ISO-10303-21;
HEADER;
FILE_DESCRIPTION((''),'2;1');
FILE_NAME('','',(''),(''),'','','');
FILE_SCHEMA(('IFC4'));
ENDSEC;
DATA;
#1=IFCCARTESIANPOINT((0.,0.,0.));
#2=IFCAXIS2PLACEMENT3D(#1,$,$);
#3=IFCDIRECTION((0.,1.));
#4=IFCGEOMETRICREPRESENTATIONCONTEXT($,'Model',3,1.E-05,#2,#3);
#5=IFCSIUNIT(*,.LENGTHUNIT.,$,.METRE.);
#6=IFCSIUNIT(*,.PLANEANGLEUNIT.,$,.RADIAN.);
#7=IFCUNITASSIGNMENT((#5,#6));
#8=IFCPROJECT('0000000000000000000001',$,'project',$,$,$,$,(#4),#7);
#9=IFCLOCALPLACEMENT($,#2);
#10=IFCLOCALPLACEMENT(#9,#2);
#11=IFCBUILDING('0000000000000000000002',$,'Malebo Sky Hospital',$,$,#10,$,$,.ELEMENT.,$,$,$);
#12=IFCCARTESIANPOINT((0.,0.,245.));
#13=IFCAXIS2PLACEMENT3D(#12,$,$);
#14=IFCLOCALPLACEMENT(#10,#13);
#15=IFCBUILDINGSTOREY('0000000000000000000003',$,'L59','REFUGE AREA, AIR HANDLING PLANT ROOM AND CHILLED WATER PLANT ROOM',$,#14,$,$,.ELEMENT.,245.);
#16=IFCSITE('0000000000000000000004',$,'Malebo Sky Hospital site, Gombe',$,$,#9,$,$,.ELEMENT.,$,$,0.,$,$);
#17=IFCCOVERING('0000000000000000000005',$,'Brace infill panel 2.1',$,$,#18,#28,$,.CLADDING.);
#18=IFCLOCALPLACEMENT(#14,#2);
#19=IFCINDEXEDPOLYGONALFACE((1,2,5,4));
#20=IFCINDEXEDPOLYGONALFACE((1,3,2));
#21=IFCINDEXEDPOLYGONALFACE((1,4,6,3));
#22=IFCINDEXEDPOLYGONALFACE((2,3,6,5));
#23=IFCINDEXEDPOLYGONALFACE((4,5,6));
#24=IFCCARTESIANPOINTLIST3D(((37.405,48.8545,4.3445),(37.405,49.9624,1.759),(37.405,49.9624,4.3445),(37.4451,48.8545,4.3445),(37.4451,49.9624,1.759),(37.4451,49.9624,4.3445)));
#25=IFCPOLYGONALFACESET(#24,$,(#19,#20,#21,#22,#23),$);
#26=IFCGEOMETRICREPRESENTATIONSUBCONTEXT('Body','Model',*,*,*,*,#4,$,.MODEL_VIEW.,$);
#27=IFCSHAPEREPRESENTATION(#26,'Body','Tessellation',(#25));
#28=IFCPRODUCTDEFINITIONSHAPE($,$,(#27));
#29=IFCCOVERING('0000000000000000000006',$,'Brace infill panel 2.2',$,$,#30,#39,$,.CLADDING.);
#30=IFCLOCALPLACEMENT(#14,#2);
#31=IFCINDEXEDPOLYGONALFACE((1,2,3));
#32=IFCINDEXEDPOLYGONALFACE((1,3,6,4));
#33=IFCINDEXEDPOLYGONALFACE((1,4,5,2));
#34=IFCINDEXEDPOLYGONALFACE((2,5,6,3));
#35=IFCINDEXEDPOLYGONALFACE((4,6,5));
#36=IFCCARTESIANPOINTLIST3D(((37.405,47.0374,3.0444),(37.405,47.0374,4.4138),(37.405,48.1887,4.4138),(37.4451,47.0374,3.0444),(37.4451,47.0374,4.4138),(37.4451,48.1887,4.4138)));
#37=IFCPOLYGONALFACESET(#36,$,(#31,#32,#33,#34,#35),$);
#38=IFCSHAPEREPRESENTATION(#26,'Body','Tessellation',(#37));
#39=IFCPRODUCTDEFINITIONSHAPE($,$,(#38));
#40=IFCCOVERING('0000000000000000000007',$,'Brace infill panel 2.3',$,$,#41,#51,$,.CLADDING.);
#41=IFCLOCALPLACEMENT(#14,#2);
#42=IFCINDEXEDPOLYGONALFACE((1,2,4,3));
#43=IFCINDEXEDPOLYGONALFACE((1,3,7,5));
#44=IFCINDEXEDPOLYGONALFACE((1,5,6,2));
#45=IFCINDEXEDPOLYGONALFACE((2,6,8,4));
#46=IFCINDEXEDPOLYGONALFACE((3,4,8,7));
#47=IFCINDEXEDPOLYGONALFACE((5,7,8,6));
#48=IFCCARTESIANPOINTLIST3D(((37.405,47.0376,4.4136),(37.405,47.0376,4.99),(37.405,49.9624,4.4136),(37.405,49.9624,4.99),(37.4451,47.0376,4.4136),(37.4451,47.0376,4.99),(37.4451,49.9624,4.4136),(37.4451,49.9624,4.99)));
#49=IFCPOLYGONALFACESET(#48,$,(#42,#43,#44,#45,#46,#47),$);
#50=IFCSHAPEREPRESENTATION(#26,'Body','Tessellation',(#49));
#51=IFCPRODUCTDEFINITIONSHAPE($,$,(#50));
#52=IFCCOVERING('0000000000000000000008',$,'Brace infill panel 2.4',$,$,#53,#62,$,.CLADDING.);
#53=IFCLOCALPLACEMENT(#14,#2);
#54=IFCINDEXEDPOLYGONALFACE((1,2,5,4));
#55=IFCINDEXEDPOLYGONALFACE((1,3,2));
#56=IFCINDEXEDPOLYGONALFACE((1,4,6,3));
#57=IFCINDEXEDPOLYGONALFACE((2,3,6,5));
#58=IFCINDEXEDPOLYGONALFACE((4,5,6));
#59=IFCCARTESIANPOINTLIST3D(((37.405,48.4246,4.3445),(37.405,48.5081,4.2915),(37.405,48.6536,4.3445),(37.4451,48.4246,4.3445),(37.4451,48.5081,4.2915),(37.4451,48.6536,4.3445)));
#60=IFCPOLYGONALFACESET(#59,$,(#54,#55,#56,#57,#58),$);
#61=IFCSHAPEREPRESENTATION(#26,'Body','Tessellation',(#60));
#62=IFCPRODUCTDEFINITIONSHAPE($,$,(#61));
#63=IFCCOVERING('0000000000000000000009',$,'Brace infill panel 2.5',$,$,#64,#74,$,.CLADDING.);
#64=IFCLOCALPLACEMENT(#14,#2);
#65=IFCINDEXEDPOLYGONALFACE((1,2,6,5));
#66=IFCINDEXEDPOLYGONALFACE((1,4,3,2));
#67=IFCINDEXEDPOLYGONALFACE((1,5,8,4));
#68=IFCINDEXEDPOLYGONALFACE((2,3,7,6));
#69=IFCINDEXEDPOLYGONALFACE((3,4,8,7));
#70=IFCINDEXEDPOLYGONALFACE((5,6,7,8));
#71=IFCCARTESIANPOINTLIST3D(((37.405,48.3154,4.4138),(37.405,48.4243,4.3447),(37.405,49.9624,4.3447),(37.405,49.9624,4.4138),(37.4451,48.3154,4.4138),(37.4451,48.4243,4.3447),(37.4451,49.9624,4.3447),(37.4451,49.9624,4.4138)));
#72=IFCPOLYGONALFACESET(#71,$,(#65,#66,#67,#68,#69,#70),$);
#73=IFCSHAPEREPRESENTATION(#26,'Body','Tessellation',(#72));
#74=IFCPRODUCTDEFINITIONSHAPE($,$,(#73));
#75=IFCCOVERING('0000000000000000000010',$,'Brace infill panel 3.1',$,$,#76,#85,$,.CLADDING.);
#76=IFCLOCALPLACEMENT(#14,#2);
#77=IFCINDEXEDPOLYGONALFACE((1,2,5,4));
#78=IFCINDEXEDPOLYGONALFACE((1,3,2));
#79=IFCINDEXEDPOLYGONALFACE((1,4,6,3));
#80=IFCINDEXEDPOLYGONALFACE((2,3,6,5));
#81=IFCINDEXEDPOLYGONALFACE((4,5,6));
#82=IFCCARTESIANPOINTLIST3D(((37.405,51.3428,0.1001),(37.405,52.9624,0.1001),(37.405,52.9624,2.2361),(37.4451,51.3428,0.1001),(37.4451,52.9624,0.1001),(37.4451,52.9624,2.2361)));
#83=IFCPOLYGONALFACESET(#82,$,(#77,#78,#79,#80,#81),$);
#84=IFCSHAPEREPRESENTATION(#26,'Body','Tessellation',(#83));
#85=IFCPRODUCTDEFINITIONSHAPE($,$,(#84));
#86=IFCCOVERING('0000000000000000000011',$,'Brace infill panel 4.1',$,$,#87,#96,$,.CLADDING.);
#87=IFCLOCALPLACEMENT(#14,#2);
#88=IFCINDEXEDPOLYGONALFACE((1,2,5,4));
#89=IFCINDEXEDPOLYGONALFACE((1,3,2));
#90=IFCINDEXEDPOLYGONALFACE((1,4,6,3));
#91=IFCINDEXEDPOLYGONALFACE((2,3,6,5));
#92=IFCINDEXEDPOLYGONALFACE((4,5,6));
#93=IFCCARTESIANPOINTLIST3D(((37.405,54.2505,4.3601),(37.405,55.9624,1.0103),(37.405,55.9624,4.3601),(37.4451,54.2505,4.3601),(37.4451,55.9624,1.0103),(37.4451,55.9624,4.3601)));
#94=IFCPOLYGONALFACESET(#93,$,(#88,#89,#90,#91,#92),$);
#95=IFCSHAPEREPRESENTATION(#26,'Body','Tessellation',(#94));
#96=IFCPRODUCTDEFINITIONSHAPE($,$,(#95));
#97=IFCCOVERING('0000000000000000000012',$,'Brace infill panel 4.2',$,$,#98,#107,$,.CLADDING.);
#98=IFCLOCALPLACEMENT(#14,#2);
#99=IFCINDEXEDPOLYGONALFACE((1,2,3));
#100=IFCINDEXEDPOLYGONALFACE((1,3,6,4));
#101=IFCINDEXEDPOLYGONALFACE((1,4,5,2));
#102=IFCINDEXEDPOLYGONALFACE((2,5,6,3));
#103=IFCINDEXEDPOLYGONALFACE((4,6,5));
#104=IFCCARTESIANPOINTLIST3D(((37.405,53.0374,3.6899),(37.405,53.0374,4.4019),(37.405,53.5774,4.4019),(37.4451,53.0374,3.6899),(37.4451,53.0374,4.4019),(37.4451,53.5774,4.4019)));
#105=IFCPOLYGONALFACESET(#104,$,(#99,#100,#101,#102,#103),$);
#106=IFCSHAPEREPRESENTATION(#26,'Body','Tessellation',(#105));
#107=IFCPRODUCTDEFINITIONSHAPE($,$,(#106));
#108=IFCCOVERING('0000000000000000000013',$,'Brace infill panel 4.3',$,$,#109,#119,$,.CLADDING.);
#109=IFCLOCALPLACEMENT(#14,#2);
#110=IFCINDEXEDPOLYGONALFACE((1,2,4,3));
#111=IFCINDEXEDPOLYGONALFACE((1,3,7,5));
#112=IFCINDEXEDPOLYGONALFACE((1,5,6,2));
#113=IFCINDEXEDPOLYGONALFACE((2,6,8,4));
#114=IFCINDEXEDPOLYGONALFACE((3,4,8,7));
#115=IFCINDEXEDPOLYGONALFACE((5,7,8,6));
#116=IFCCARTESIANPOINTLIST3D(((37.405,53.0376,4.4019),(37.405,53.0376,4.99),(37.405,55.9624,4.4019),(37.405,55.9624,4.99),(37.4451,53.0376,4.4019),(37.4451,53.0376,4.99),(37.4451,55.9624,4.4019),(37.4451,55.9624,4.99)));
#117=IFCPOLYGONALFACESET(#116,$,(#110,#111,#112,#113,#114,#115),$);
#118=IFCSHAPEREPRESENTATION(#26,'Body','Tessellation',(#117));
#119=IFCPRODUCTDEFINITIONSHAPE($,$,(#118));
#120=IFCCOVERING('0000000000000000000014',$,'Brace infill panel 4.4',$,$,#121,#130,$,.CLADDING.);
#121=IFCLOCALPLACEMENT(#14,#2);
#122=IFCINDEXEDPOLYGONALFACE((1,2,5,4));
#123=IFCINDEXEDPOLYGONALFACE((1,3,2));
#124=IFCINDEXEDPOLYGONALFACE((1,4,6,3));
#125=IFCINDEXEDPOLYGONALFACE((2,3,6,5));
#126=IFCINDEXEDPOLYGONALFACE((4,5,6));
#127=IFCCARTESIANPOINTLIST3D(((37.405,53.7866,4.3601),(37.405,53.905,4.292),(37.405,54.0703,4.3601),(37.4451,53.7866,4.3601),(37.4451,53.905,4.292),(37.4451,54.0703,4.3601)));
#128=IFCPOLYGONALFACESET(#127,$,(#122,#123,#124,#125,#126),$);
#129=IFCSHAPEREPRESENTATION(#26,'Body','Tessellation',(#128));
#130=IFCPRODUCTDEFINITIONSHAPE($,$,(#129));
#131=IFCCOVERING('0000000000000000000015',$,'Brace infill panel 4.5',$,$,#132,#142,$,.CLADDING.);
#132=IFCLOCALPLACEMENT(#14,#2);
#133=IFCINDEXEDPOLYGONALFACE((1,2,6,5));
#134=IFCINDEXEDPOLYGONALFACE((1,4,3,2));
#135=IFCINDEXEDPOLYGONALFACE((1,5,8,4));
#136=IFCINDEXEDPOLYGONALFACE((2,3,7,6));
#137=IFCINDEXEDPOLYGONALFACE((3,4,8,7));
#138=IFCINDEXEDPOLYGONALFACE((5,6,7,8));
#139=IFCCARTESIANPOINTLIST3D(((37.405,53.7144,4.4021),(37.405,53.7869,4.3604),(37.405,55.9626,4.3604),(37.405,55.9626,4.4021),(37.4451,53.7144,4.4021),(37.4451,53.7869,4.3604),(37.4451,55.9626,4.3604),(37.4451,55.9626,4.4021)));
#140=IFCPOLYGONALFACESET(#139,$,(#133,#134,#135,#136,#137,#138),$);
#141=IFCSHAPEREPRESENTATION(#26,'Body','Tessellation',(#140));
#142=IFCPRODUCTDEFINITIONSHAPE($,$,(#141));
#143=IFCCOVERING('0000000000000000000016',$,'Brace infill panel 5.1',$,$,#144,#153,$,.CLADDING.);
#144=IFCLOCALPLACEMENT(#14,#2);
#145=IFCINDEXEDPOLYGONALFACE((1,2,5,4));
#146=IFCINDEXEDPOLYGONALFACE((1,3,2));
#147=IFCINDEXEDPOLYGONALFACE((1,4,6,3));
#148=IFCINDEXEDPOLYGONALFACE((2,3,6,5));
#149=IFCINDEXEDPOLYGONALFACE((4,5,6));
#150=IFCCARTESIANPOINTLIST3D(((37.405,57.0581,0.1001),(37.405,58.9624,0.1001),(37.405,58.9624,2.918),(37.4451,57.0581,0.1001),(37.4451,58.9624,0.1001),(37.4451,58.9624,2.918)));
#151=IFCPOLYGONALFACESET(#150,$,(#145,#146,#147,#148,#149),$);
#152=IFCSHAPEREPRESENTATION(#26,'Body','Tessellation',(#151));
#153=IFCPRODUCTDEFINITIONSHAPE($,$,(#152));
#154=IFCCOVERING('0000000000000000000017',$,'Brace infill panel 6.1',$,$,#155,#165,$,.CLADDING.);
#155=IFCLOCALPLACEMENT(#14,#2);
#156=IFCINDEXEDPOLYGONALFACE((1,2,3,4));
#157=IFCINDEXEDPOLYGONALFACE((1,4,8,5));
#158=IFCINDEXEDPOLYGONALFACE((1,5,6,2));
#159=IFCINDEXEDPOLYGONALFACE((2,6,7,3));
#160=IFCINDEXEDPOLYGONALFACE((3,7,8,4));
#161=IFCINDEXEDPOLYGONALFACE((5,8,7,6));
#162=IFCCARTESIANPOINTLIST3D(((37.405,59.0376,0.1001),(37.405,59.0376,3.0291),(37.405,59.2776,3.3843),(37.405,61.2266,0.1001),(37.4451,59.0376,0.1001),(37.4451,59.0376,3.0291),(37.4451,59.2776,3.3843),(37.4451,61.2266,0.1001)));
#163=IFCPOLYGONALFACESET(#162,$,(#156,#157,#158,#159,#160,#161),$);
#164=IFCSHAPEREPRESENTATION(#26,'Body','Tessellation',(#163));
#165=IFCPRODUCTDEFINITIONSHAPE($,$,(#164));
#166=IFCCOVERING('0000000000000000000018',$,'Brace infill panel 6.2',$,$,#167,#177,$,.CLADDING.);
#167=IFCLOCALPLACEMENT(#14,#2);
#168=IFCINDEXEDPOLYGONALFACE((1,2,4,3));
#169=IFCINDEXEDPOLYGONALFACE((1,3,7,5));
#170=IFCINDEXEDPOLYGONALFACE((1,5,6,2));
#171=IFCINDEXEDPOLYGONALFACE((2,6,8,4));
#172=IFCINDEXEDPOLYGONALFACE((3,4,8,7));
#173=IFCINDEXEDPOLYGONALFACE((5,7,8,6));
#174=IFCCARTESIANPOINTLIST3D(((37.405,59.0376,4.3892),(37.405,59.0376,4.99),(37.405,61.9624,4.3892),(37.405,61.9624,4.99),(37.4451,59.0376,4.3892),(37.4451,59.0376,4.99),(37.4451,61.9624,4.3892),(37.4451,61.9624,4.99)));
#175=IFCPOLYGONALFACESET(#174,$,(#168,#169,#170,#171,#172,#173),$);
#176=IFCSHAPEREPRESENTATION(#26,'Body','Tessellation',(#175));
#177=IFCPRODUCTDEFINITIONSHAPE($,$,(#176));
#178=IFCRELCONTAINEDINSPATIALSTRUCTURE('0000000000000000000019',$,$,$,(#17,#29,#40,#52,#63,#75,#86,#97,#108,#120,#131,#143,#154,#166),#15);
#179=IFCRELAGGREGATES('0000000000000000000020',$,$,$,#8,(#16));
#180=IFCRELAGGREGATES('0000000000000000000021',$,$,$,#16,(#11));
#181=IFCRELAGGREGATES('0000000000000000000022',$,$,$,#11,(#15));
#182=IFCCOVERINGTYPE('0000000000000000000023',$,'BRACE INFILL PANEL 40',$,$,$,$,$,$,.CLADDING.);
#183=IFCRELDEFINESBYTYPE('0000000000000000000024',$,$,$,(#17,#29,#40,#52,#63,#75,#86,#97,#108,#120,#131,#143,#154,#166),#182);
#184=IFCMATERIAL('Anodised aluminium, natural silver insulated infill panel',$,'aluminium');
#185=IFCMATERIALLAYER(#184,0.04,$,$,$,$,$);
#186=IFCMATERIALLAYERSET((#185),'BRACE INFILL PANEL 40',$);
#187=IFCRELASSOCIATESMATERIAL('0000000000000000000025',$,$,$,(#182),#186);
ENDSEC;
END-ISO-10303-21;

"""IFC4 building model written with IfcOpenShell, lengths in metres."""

from ifc_helpers import new_model, si_unit, direction, frame, origin, place, context, subcontext, project, spatial, polyline, outline, extrude, material, layer, layer_set, type_object, element, save


model = new_model("IFC4")

# Units and contexts
model_context = context("Model", 3, precision=1e-05, world=origin(), true_north=direction((0.0, 1.0)))
body_context = subcontext(model_context, "Body", "Model", "MODEL_VIEW")
ifc_project = project(units=[si_unit("LENGTHUNIT", "METRE"), si_unit("PLANEANGLEUNIT", "RADIAN")], contexts=[model_context])

# Site, building, storey
site_placement = place(None, origin())
site = spatial("IfcSite", under=ifc_project, at=site_placement, Name="Malebo Sky Hospital site, Gombe", CompositionType="ELEMENT", RefElevation=0.0)
building_placement = place(site_placement, origin())
building = spatial("IfcBuilding", under=site, at=building_placement, Name="Malebo Sky Hospital", CompositionType="ELEMENT")
storey_placement = place(building_placement, frame((0.0, 0.0, 245.0)))
storey = spatial("IfcBuildingStorey", under=building, at=storey_placement, Name="L59", Description="REFUGE AREA, AIR HANDLING PLANT ROOM AND CHILLED WATER PLANT ROOM", CompositionType="ELEMENT", Elevation=245.0)

# Coverings
ifc_material_1 = material(Name="Anodised aluminium, natural silver insulated infill panel", Category="aluminium")
ifc_layer_1 = layer(ifc_material_1, 0.04)
ifc_layer_set_1 = layer_set([ifc_layer_1], Name="BRACE INFILL PANEL 40")
covering_type = type_object("IfcCoveringType", Name="BRACE INFILL PANEL 40", PredefinedType="CLADDING", material=ifc_layer_set_1)
covering_1_placement = place(storey_placement, frame((37.425, 49.4084, 1.759), z_axis=(0.0, 0.0, 1.0), x_axis=(0.0, 1.0, 0.0)))
element("IfcCovering", 1, at=covering_1_placement, inside=storey, type_object=covering_type, Name="Brace infill panel 2.1", PredefinedType="CLADDING", context=body_context, shape_type="SweptSolid", body=[
    extrude(outline(polyline([(0.554, 0.0), (0.554, 2.5854), (-0.554, 2.5854), (0.554, 0.0)])), frame((0.0, 0.02, 0.0), z_axis=(0.0, -1.0, 0.0), x_axis=(1.0, 0.0, 0.0)), (0.0, 0.0, 1.0), 0.04),
])
covering_2_placement = place(storey_placement, frame((37.425, 47.613, 3.0444), z_axis=(0.0, 0.0, 1.0), x_axis=(0.0, 1.0, 0.0)))
element("IfcCovering", 2, at=covering_2_placement, inside=storey, type_object=covering_type, Name="Brace infill panel 2.2", PredefinedType="CLADDING", context=body_context, shape_type="SweptSolid", body=[
    extrude(outline(polyline([(-0.5757, 0.0), (0.5757, 1.3694), (-0.5757, 1.3694), (-0.5757, 0.0)])), frame((0.0, 0.02, 0.0), z_axis=(0.0, -1.0, 0.0), x_axis=(1.0, 0.0, 0.0)), (0.0, 0.0, 1.0), 0.04),
])
covering_3_placement = place(storey_placement, frame((37.425, 48.5, 4.4136), z_axis=(0.0, 0.0, 1.0), x_axis=(0.0, 1.0, 0.0)))
element("IfcCovering", 3, at=covering_3_placement, inside=storey, type_object=covering_type, Name="Brace infill panel 2.3", PredefinedType="CLADDING", context=body_context, shape_type="SweptSolid", body=[
    extrude(outline(polyline([(-1.4624, 0.0), (1.4624, 0.0), (1.4624, 0.5764), (-1.4624, 0.5764), (-1.4624, 0.0)])), frame((0.0, 0.02, 0.0), z_axis=(0.0, -1.0, 0.0), x_axis=(1.0, 0.0, 0.0)), (0.0, 0.0, 1.0), 0.04),
])
covering_4_placement = place(storey_placement, frame((37.425, 48.5391, 4.2915), z_axis=(0.0, 0.0, 1.0), x_axis=(0.0, 1.0, 0.0)))
element("IfcCovering", 4, at=covering_4_placement, inside=storey, type_object=covering_type, Name="Brace infill panel 2.4", PredefinedType="CLADDING", context=body_context, shape_type="SweptSolid", body=[
    extrude(outline(polyline([(-0.031, 0.0), (0.1145, 0.053), (-0.1145, 0.053), (-0.031, 0.0)])), frame((0.0, 0.02, 0.0), z_axis=(0.0, -1.0, 0.0), x_axis=(1.0, 0.0, 0.0)), (0.0, 0.0, 1.0), 0.04),
])
covering_5_placement = place(storey_placement, frame((37.425, 49.1389, 4.3447), z_axis=(0.0, 0.0, 1.0), x_axis=(0.0, 1.0, 0.0)))
element("IfcCovering", 5, at=covering_5_placement, inside=storey, type_object=covering_type, Name="Brace infill panel 2.5", PredefinedType="CLADDING", context=body_context, shape_type="SweptSolid", body=[
    extrude(outline(polyline([(-0.7146, 0.0), (0.8235, 0.0), (0.8235, 0.0691), (-0.8235, 0.0691), (-0.7146, 0.0)])), frame((0.0, 0.02, 0.0), z_axis=(0.0, -1.0, 0.0), x_axis=(1.0, 0.0, 0.0)), (0.0, 0.0, 1.0), 0.04),
])
covering_6_placement = place(storey_placement, frame((37.425, 52.1526, 0.1001), z_axis=(0.0, 0.0, 1.0), x_axis=(0.0, 1.0, 0.0)))
element("IfcCovering", 6, at=covering_6_placement, inside=storey, type_object=covering_type, Name="Brace infill panel 3.1", PredefinedType="CLADDING", context=body_context, shape_type="SweptSolid", body=[
    extrude(outline(polyline([(-0.8098, 0.0), (0.8098, 0.0), (0.8098, 2.136), (-0.8098, 0.0)])), frame((0.0, 0.02, 0.0), z_axis=(0.0, -1.0, 0.0), x_axis=(1.0, 0.0, 0.0)), (0.0, 0.0, 1.0), 0.04),
])
covering_7_placement = place(storey_placement, frame((37.425, 55.1064, 1.0103), z_axis=(0.0, 0.0, 1.0), x_axis=(0.0, 1.0, 0.0)))
element("IfcCovering", 7, at=covering_7_placement, inside=storey, type_object=covering_type, Name="Brace infill panel 4.1", PredefinedType="CLADDING", context=body_context, shape_type="SweptSolid", body=[
    extrude(outline(polyline([(0.856, 0.0), (0.856, 3.3499), (-0.856, 3.3499), (0.856, 0.0)])), frame((0.0, 0.02, 0.0), z_axis=(0.0, -1.0, 0.0), x_axis=(1.0, 0.0, 0.0)), (0.0, 0.0, 1.0), 0.04),
])
covering_8_placement = place(storey_placement, frame((37.425, 53.3074, 3.6899), z_axis=(0.0, 0.0, 1.0), x_axis=(0.0, 1.0, 0.0)))
element("IfcCovering", 8, at=covering_8_placement, inside=storey, type_object=covering_type, Name="Brace infill panel 4.2", PredefinedType="CLADDING", context=body_context, shape_type="SweptSolid", body=[
    extrude(outline(polyline([(-0.27, 0.0), (0.27, 0.7119), (-0.27, 0.7119), (-0.27, 0.0)])), frame((0.0, 0.02, 0.0), z_axis=(0.0, -1.0, 0.0), x_axis=(1.0, 0.0, 0.0)), (0.0, 0.0, 1.0), 0.04),
])
covering_9_placement = place(storey_placement, frame((37.425, 54.5, 4.4019), z_axis=(0.0, 0.0, 1.0), x_axis=(0.0, 1.0, 0.0)))
element("IfcCovering", 9, at=covering_9_placement, inside=storey, type_object=covering_type, Name="Brace infill panel 4.3", PredefinedType="CLADDING", context=body_context, shape_type="SweptSolid", body=[
    extrude(outline(polyline([(-1.4624, 0.0), (1.4624, 0.0), (1.4624, 0.5881), (-1.4624, 0.5881), (-1.4624, 0.0)])), frame((0.0, 0.02, 0.0), z_axis=(0.0, -1.0, 0.0), x_axis=(1.0, 0.0, 0.0)), (0.0, 0.0, 1.0), 0.04),
])
covering_10_placement = place(storey_placement, frame((37.425, 53.9285, 4.292), z_axis=(0.0, 0.0, 1.0), x_axis=(0.0, 1.0, 0.0)))
element("IfcCovering", 10, at=covering_10_placement, inside=storey, type_object=covering_type, Name="Brace infill panel 4.4", PredefinedType="CLADDING", context=body_context, shape_type="SweptSolid", body=[
    extrude(outline(polyline([(-0.0234, 0.0), (0.1418, 0.0681), (-0.1418, 0.0681), (-0.0234, 0.0)])), frame((0.0, 0.02, 0.0), z_axis=(0.0, -1.0, 0.0), x_axis=(1.0, 0.0, 0.0)), (0.0, 0.0, 1.0), 0.04),
])
covering_11_placement = place(storey_placement, frame((37.425, 54.8384, 4.3604), z_axis=(0.0, 0.0, 1.0), x_axis=(0.0, 1.0, 0.0)))
element("IfcCovering", 11, at=covering_11_placement, inside=storey, type_object=covering_type, Name="Brace infill panel 4.5", PredefinedType="CLADDING", context=body_context, shape_type="SweptSolid", body=[
    extrude(outline(polyline([(-1.0515, 0.0), (1.1243, 0.0), (1.1243, 0.0417), (-1.124, 0.0417), (-1.0515, 0.0)])), frame((0.0, 0.02, 0.0), z_axis=(0.0, -1.0, 0.0), x_axis=(1.0, 0.0, 0.0)), (0.0, 0.0, 1.0), 0.04),
])
covering_12_placement = place(storey_placement, frame((37.425, 58.0103, 0.1001), z_axis=(0.0, 0.0, 1.0), x_axis=(0.0, 1.0, 0.0)))
element("IfcCovering", 12, at=covering_12_placement, inside=storey, type_object=covering_type, Name="Brace infill panel 5.1", PredefinedType="CLADDING", context=body_context, shape_type="SweptSolid", body=[
    extrude(outline(polyline([(-0.9521, 0.0), (0.9521, 0.0), (0.9521, 2.8179), (-0.9521, 0.0)])), frame((0.0, 0.02, 0.0), z_axis=(0.0, -1.0, 0.0), x_axis=(1.0, 0.0, 0.0)), (0.0, 0.0, 1.0), 0.04),
])
covering_13_placement = place(storey_placement, frame((37.425, 60.1321, 0.1001), z_axis=(0.0, 0.0, 1.0), x_axis=(0.0, 1.0, 0.0)))
element("IfcCovering", 13, at=covering_13_placement, inside=storey, type_object=covering_type, Name="Brace infill panel 6.1", PredefinedType="CLADDING", context=body_context, shape_type="SweptSolid", body=[
    extrude(outline(polyline([(-1.0945, 0.0), (1.0945, 0.0), (-0.8545, 3.2842), (-1.0945, 2.929), (-1.0945, 0.0)])), frame((0.0, 0.02, 0.0), z_axis=(0.0, -1.0, 0.0), x_axis=(1.0, 0.0, 0.0)), (0.0, 0.0, 1.0), 0.04),
])
covering_14_placement = place(storey_placement, frame((37.425, 60.5, 4.3892), z_axis=(0.0, 0.0, 1.0), x_axis=(0.0, 1.0, 0.0)))
element("IfcCovering", 14, at=covering_14_placement, inside=storey, type_object=covering_type, Name="Brace infill panel 6.2", PredefinedType="CLADDING", context=body_context, shape_type="SweptSolid", body=[
    extrude(outline(polyline([(-1.4624, 0.0), (1.4624, 0.0), (1.4624, 0.6008), (-1.4624, 0.6008), (-1.4624, 0.0)])), frame((0.0, 0.02, 0.0), z_axis=(0.0, -1.0, 0.0), x_axis=(1.0, 0.0, 0.0)), (0.0, 0.0, 1.0), 0.04),
])

save(model, "model.ifc")
